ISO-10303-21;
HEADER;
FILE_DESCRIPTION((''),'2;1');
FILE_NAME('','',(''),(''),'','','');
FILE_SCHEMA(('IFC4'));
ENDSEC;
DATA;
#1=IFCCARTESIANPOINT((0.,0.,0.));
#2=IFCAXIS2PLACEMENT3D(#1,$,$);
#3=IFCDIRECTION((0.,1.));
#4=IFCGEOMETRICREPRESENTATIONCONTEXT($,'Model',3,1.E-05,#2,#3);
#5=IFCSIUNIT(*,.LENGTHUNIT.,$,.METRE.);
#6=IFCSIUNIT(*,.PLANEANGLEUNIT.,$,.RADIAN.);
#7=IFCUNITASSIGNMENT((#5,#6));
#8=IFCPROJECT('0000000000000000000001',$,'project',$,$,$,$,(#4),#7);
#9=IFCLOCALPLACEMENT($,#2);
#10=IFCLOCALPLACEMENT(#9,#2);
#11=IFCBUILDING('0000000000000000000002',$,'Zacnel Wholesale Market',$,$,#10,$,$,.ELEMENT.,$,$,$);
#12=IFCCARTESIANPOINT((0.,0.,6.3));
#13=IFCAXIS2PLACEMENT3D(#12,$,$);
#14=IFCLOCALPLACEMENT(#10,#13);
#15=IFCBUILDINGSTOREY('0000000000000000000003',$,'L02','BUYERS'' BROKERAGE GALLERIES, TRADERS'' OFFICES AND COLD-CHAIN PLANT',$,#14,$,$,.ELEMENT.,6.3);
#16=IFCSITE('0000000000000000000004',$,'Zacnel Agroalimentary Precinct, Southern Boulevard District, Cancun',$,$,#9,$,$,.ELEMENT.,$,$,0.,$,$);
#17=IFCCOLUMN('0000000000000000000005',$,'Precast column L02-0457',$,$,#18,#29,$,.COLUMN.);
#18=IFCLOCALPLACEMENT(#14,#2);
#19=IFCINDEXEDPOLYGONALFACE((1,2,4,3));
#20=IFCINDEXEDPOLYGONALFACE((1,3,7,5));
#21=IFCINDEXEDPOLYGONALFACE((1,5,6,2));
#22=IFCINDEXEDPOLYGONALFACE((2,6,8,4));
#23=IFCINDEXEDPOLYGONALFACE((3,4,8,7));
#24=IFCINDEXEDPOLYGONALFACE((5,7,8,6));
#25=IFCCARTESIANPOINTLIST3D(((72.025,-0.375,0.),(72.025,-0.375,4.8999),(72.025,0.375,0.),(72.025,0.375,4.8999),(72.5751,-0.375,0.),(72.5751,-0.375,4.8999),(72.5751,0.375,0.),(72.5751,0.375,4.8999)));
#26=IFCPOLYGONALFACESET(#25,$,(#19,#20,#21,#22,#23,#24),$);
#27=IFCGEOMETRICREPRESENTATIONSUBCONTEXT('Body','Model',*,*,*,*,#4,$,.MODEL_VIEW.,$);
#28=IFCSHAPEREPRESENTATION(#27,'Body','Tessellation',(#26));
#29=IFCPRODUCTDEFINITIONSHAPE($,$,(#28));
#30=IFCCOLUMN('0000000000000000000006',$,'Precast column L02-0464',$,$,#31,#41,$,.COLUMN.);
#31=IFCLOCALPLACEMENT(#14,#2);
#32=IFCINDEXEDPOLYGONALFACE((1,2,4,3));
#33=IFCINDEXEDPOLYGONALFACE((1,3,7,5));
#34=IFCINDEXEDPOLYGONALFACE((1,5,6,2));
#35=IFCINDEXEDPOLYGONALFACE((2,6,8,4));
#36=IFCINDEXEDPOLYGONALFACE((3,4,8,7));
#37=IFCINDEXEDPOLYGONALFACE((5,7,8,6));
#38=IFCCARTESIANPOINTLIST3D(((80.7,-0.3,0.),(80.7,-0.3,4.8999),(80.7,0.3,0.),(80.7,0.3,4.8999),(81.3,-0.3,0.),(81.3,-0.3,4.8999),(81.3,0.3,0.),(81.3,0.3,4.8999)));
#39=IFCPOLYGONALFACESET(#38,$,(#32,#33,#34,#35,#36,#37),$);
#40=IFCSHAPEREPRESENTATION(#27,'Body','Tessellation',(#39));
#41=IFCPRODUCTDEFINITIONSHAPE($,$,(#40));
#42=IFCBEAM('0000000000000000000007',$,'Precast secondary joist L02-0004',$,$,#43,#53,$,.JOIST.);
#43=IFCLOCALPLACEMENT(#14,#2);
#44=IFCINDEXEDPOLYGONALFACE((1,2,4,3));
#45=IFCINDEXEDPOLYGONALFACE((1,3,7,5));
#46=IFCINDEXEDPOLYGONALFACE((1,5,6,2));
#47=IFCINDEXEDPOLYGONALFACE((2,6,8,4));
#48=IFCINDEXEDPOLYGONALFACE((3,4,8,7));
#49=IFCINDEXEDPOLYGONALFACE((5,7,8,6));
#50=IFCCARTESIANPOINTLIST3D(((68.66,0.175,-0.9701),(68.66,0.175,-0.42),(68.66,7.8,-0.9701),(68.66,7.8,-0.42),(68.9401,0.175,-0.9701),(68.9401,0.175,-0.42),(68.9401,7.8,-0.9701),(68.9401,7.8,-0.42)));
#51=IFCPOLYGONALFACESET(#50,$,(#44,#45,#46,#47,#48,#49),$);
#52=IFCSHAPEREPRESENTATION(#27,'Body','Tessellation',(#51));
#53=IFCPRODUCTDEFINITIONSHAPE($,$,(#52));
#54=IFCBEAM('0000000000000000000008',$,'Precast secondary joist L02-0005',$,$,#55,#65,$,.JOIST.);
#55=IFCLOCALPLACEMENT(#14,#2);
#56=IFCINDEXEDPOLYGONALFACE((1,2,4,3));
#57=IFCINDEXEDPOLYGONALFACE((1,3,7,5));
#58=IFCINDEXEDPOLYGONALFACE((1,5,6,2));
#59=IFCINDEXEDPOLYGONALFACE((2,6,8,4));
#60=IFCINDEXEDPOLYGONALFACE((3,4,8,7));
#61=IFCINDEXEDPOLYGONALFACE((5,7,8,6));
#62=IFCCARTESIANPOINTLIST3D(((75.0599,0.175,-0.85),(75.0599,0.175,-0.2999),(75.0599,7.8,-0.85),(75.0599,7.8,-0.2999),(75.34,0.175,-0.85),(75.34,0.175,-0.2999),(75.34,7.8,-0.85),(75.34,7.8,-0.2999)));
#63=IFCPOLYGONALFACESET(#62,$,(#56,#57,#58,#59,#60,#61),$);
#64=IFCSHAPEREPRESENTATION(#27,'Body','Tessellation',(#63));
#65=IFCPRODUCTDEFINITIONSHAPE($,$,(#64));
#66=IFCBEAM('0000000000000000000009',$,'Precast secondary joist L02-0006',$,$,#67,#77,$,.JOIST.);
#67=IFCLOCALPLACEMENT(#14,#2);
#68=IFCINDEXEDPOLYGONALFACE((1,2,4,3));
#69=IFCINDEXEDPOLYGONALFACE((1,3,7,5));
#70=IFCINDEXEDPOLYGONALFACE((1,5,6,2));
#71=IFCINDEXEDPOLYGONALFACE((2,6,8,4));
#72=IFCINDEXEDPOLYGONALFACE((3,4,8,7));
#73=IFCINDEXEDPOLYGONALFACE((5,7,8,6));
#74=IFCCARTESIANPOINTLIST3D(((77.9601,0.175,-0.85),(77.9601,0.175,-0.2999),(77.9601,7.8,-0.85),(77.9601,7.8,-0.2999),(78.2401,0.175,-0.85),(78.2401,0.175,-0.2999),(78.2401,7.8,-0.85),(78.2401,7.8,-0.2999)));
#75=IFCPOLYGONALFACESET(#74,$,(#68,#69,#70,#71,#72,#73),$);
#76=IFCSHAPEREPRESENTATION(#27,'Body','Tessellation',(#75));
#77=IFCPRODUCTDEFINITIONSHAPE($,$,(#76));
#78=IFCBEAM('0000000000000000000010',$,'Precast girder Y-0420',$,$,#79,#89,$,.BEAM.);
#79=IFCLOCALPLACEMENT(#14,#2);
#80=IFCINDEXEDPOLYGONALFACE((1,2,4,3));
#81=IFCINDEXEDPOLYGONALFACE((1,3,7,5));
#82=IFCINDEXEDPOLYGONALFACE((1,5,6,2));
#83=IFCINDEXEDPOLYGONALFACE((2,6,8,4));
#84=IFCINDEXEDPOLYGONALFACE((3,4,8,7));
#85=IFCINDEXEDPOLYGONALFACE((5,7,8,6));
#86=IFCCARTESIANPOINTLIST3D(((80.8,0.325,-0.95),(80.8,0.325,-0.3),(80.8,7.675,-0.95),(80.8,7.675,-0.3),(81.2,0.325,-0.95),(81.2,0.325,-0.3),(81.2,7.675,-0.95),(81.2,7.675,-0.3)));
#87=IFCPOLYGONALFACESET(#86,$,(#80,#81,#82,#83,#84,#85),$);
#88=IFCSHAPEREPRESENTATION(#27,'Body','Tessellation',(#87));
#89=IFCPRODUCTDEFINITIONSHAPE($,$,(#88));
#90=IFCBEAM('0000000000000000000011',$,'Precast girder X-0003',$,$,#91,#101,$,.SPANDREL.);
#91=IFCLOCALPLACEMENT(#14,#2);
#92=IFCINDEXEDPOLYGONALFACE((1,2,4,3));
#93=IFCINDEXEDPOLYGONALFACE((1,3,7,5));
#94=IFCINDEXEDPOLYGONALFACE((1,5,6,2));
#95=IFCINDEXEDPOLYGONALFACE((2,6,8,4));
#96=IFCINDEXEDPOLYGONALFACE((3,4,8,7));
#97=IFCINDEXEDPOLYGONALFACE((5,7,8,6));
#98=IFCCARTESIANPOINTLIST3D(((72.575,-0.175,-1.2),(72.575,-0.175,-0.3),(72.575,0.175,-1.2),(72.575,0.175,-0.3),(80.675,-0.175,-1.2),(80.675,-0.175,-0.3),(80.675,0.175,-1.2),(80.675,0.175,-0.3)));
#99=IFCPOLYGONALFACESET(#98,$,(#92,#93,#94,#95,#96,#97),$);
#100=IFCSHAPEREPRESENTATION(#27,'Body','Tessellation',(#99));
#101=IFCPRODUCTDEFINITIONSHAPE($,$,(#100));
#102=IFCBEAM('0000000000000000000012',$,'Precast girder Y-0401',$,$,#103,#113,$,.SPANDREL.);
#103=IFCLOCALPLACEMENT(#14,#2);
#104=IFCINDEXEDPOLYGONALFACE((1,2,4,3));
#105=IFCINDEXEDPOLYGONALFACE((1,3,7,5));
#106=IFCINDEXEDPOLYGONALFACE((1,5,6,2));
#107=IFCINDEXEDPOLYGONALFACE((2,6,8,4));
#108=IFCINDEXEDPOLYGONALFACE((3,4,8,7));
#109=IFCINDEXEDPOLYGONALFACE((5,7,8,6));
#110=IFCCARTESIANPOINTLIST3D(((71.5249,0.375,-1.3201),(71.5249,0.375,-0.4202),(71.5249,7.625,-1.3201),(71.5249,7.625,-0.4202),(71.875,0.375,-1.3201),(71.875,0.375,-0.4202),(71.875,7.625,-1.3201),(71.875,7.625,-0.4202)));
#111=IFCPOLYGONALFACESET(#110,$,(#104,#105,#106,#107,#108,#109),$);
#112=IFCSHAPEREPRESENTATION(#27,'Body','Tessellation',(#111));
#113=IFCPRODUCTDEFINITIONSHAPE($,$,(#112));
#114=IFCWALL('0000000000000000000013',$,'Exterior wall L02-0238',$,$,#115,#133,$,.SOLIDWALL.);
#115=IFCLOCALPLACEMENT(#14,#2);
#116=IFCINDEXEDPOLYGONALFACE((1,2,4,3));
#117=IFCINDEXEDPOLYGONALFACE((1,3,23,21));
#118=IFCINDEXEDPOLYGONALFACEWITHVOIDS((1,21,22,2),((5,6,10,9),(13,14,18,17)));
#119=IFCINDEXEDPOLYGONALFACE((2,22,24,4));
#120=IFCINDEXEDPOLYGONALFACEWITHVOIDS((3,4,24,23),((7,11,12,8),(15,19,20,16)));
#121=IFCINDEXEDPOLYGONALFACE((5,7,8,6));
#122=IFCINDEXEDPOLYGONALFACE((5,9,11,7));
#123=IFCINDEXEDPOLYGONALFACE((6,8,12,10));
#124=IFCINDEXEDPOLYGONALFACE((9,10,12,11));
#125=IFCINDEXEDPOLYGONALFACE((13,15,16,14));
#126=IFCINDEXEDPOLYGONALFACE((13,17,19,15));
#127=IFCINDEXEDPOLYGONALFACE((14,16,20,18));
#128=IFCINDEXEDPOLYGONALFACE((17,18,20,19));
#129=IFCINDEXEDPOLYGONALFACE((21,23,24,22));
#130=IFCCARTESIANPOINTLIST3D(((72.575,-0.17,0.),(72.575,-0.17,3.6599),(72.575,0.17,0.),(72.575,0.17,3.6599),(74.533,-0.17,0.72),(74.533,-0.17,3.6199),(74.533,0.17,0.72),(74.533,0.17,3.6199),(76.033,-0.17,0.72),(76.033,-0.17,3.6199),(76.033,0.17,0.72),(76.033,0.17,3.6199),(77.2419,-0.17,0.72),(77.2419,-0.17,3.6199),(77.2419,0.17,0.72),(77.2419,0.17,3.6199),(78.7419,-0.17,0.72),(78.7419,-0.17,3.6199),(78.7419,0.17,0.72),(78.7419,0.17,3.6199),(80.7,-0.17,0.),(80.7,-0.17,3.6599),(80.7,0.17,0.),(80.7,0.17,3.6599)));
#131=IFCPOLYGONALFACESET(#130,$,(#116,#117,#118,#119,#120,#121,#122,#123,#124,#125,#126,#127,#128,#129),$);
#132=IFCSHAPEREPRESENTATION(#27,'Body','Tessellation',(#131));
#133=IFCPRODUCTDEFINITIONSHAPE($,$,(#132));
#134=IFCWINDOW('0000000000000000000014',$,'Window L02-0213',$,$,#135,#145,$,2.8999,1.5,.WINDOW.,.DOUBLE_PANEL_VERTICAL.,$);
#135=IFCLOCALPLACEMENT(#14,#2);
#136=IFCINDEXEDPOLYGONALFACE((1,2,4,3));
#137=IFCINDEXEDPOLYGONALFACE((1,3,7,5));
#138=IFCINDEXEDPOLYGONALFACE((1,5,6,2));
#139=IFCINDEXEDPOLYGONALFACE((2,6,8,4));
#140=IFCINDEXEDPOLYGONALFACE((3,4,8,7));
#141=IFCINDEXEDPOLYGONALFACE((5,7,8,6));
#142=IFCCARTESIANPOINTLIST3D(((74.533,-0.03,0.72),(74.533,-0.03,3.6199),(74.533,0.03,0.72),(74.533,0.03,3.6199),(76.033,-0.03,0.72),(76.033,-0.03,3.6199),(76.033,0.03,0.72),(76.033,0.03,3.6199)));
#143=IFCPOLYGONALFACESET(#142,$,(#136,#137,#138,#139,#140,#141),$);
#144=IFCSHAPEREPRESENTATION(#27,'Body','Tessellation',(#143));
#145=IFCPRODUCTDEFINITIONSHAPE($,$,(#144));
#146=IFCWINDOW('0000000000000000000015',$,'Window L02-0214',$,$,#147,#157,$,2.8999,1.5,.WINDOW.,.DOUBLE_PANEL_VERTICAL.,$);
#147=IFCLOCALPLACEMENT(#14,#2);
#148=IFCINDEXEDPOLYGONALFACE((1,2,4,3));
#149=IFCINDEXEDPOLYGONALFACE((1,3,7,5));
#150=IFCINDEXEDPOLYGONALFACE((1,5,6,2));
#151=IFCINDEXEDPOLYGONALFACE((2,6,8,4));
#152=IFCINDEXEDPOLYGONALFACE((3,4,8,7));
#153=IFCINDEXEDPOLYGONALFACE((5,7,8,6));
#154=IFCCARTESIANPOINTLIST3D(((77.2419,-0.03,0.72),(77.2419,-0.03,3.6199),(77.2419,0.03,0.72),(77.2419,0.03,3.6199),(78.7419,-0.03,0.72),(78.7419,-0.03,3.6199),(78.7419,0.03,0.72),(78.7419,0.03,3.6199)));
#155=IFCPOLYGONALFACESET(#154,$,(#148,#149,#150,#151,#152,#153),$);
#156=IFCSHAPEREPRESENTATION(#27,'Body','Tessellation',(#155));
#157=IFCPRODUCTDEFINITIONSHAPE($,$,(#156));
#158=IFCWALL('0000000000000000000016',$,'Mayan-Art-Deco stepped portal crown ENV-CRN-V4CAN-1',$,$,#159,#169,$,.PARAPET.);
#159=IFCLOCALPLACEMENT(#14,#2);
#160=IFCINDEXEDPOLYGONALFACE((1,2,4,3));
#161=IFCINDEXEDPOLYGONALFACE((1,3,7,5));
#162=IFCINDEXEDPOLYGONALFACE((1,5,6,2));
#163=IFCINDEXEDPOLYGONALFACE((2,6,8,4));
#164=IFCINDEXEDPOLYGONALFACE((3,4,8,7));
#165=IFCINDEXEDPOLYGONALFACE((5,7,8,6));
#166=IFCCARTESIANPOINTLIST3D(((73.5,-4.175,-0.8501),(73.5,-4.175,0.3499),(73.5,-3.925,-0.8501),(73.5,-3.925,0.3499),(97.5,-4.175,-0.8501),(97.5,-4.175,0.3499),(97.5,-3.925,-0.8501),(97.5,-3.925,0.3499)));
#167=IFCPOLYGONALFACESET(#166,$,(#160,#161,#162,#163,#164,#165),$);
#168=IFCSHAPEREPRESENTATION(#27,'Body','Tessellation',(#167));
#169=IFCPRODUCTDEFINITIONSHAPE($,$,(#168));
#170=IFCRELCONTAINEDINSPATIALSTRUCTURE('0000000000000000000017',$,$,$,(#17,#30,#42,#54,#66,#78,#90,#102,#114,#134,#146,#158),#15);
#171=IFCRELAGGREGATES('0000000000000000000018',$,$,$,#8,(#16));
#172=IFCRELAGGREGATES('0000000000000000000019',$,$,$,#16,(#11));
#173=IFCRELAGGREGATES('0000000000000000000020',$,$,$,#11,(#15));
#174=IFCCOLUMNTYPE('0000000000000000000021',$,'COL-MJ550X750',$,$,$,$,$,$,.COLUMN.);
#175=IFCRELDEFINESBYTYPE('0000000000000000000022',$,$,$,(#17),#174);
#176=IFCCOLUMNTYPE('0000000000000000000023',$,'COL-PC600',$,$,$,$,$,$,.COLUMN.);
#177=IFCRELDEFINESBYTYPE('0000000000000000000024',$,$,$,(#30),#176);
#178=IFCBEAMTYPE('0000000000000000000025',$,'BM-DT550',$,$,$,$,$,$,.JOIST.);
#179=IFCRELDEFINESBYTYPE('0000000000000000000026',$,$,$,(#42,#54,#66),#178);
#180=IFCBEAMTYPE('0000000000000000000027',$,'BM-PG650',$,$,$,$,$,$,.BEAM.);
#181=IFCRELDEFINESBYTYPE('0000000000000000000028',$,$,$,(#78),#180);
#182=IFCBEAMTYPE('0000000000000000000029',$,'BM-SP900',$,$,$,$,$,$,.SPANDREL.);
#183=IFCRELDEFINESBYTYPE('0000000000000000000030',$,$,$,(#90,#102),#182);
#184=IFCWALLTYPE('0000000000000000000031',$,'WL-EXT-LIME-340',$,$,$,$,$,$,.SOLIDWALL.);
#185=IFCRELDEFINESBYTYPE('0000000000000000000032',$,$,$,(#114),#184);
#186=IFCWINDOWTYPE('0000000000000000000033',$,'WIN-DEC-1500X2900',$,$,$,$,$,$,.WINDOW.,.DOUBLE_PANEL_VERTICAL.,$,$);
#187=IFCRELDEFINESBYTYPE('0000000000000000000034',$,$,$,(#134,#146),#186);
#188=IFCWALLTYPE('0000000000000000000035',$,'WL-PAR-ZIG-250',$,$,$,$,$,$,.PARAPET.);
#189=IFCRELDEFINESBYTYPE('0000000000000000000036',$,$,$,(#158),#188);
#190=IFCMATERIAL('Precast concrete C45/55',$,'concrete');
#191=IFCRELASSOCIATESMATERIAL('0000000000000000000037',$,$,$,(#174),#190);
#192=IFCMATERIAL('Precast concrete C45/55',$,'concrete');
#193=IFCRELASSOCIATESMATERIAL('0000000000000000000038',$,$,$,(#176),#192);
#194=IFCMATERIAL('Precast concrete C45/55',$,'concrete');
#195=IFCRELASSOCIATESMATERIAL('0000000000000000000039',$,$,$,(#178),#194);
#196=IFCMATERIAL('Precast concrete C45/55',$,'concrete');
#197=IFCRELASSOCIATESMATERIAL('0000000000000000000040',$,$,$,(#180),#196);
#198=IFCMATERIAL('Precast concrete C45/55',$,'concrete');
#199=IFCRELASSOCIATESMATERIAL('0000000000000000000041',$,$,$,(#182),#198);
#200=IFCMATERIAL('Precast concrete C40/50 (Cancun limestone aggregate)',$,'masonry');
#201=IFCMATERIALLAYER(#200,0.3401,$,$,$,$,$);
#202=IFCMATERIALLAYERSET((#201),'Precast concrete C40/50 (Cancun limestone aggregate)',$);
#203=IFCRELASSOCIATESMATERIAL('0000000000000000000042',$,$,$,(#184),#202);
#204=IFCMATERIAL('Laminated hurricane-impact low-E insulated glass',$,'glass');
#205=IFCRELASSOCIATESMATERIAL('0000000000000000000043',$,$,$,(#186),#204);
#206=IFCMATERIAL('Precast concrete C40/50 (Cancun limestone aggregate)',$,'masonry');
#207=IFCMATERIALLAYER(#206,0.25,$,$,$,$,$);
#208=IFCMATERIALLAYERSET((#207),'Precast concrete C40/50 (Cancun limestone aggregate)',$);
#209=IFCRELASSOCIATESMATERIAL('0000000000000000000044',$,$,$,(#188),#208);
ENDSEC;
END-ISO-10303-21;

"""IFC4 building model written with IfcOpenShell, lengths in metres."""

from ifc_helpers import new_model, si_unit, direction, frame, frame_2d, origin, origin_2d, place, context, subcontext, project, spatial, rectangle, extrude, material, layer, layer_set, material_profile, profile_set, type_object, element, fill, save


model = new_model("IFC4")

# Units and contexts
model_context = context("Model", 3, precision=1e-05, world=origin(), true_north=direction((0.0, 1.0)))
body_context = subcontext(model_context, "Body", "Model", "MODEL_VIEW")
ifc_project = project(units=[si_unit("LENGTHUNIT", "METRE"), si_unit("PLANEANGLEUNIT", "RADIAN")], contexts=[model_context])

# Site, building, storey
site_placement = place(None, origin())
site = spatial("IfcSite", under=ifc_project, at=site_placement, Name="Zacnel Agroalimentary Precinct, Southern Boulevard District, Cancun", CompositionType="ELEMENT", RefElevation=0.0)
building_placement = place(site_placement, origin())
building = spatial("IfcBuilding", under=site, at=building_placement, Name="Zacnel Wholesale Market", CompositionType="ELEMENT")
storey_placement = place(building_placement, frame((0.0, 0.0, 6.3)))
storey = spatial("IfcBuildingStorey", under=building, at=storey_placement, Name="L02", Description="BUYERS' BROKERAGE GALLERIES, TRADERS' OFFICES AND COLD-CHAIN PLANT", CompositionType="ELEMENT", Elevation=6.3)

# Columns
ifc_material_1 = material(Name="Precast concrete C45/55", Category="concrete")
ifc_material_profile_1 = material_profile(ifc_material_1, rectangle(XDim=0.55, YDim=0.75, at=origin_2d()), Name="PC 550x750")
ifc_profile_set_1 = profile_set([ifc_material_profile_1], Name="Precast concrete C45/55")
column_type_1 = type_object("IfcColumnType", Name="COL-MJ550X750", PredefinedType="COLUMN", material=ifc_profile_set_1)
column_1_placement = place(storey_placement, frame((72.3, 0.0, 0.0), z_axis=(0.0, 0.0, 1.0), x_axis=(1.0, 0.0, 0.0)))
element("IfcColumn", 1, at=column_1_placement, inside=storey, type_object=column_type_1, Name="Precast column L02-0457", PredefinedType="COLUMN", context=body_context, shape_type="SweptSolid", body=[
    extrude(rectangle(XDim=0.55, YDim=0.75, at=origin_2d()), origin(), (0.0, 0.0, 1.0), 4.8999),
])
ifc_material_2 = material(Name="Precast concrete C45/55", Category="concrete")
ifc_material_profile_2 = material_profile(ifc_material_2, rectangle(XDim=0.6001, YDim=0.6001, at=origin_2d()), Name="PC 600x600")
ifc_profile_set_2 = profile_set([ifc_material_profile_2], Name="Precast concrete C45/55")
column_type_2 = type_object("IfcColumnType", Name="COL-PC600", PredefinedType="COLUMN", material=ifc_profile_set_2)
column_2_placement = place(storey_placement, frame((81.0, 0.0, 0.0), z_axis=(0.0, 0.0, 1.0), x_axis=(1.0, 0.0, 0.0)))
element("IfcColumn", 2, at=column_2_placement, inside=storey, type_object=column_type_2, Name="Precast column L02-0464", PredefinedType="COLUMN", context=body_context, shape_type="SweptSolid", body=[
    extrude(rectangle(XDim=0.6001, YDim=0.6001, at=origin_2d()), origin(), (0.0, 0.0, 1.0), 4.8999),
])

# Beams
ifc_material_3 = material(Name="Precast concrete C45/55", Category="concrete")
ifc_material_profile_3 = material_profile(ifc_material_3, rectangle(XDim=0.28, YDim=0.55, at=origin_2d()), Name="DT RIB 280x550")
ifc_profile_set_3 = profile_set([ifc_material_profile_3], Name="Precast concrete C45/55")
beam_type_1 = type_object("IfcBeamType", Name="BM-DT550", PredefinedType="JOIST", material=ifc_profile_set_3)
for number, where, z_axis, x_axis, name in (
    (3, (68.8, 0.175, -0.6951), (0.0, 1.0, 0.0), (-1.0, 0.0, 0.0), "Precast secondary joist L02-0004"),
    (4, (75.2, 0.175, -0.575), (0.0, 1.0, 0.0), (-1.0, 0.0, 0.0), "Precast secondary joist L02-0005"),
    (5, (78.1001, 0.175, -0.575), (0.0, 1.0, 0.0), (-1.0, 0.0, 0.0), "Precast secondary joist L02-0006"),
):
    element("IfcBeam", number, at=place(storey_placement, frame(where, z_axis=z_axis, x_axis=x_axis)), inside=storey, type_object=beam_type_1, Name=name, PredefinedType="JOIST", context=body_context, shape_type="SweptSolid", body=[
        extrude(rectangle(XDim=0.28, YDim=0.55, at=origin_2d()), origin(), (0.0, 0.0, 1.0), 7.625),
    ])
ifc_material_4 = material(Name="Precast concrete C45/55", Category="concrete")
ifc_material_profile_4 = material_profile(ifc_material_4, rectangle(XDim=0.3999, YDim=0.6499, at=origin_2d()), Name="PG 400x650")
ifc_profile_set_4 = profile_set([ifc_material_profile_4], Name="Precast concrete C45/55")
beam_type_2 = type_object("IfcBeamType", Name="BM-PG650", PredefinedType="BEAM", material=ifc_profile_set_4)
beam_1_placement = place(storey_placement, frame((81.0, 0.325, -0.625), z_axis=(0.0, 1.0, 0.0), x_axis=(-1.0, 0.0, 0.0)))
element("IfcBeam", 6, at=beam_1_placement, inside=storey, type_object=beam_type_2, Name="Precast girder Y-0420", PredefinedType="BEAM", context=body_context, shape_type="SweptSolid", body=[
    extrude(rectangle(XDim=0.3999, YDim=0.6499, at=origin_2d()), origin(), (0.0, 0.0, 1.0), 7.3501),
])
ifc_material_5 = material(Name="Precast concrete C45/55", Category="concrete")
ifc_material_profile_5 = material_profile(ifc_material_5, rectangle(XDim=0.3501, YDim=0.8999, at=origin_2d()), Name="SP 350x900")
ifc_profile_set_5 = profile_set([ifc_material_profile_5], Name="Precast concrete C45/55")
beam_type_3 = type_object("IfcBeamType", Name="BM-SP900", PredefinedType="SPANDREL", material=ifc_profile_set_5)
beam_2_placement = place(storey_placement, frame((72.575, 0.0, -0.75), z_axis=(1.0, 0.0, 0.0), x_axis=(0.0, 1.0, 0.0)))
element("IfcBeam", 7, at=beam_2_placement, inside=storey, type_object=beam_type_3, Name="Precast girder X-0003", PredefinedType="SPANDREL", context=body_context, shape_type="SweptSolid", body=[
    extrude(rectangle(XDim=0.3501, YDim=0.8999, at=origin_2d()), origin(), (0.0, 0.0, 1.0), 8.1001),
])
beam_3_placement = place(storey_placement, frame((71.7, 0.375, -0.8701), z_axis=(0.0, 1.0, 0.0), x_axis=(-1.0, 0.0, 0.0)))
element("IfcBeam", 8, at=beam_3_placement, inside=storey, type_object=beam_type_3, Name="Precast girder Y-0401", PredefinedType="SPANDREL", context=body_context, shape_type="SweptSolid", body=[
    extrude(rectangle(XDim=0.3501, YDim=0.8999, at=origin_2d()), origin(), (0.0, 0.0, 1.0), 7.25),
])

# Wall, openings, windows
ifc_material_6 = material(Name="Precast concrete C40/50 (Cancun limestone aggregate)", Category="masonry")
ifc_layer_1 = layer(ifc_material_6, 0.3401)
ifc_layer_set_1 = layer_set([ifc_layer_1], Name="Precast concrete C40/50 (Cancun limestone aggregate)")
wall_type_1 = type_object("IfcWallType", Name="WL-EXT-LIME-340", PredefinedType="SOLIDWALL", material=ifc_layer_set_1)
wall_1_placement = place(storey_placement, frame((72.575, 0.0, 0.0), z_axis=(0.0, 0.0, 1.0), x_axis=(1.0, 0.0, 0.0)))
wall_1 = element("IfcWall", 9, at=wall_1_placement, inside=storey, type_object=wall_type_1, Name="Exterior wall L02-0238", PredefinedType="SOLIDWALL", context=body_context, shape_type="SweptSolid", body=[
    extrude(rectangle(XDim=8.125, YDim=0.3401, at=frame_2d((4.0625, 0.0))), origin(), (0.0, 0.0, 1.0), 3.6599),
])
opening_1_placement = place(wall_1_placement, frame((1.958, 0.0, 0.72)))
opening_1 = element("IfcOpeningElement", 10, at=opening_1_placement, cuts=wall_1, PredefinedType="OPENING", context=body_context, shape_type="SweptSolid", body=[
    extrude(rectangle(XDim=1.5, YDim=2.8999, at=frame_2d((0.75, 1.45))), frame((0.0, 0.1799, 0.0), z_axis=(0.0, -1.0, 0.0), x_axis=(1.0, 0.0, 0.0)), (0.0, 0.0, 1.0), 0.3601),
])
opening_2_placement = place(wall_1_placement, frame((4.667, 0.0, 0.72)))
opening_2 = element("IfcOpeningElement", 11, at=opening_2_placement, cuts=wall_1, PredefinedType="OPENING", context=body_context, shape_type="SweptSolid", body=[
    extrude(rectangle(XDim=1.5, YDim=2.8999, at=frame_2d((0.75, 1.45))), frame((0.0, 0.1799, 0.0), z_axis=(0.0, -1.0, 0.0), x_axis=(1.0, 0.0, 0.0)), (0.0, 0.0, 1.0), 0.3601),
])
ifc_material_7 = material(Name="Laminated hurricane-impact low-E insulated glass", Category="glass")
window_type = type_object("IfcWindowType", Name="WIN-DEC-1500X2900", PartitioningType="DOUBLE_PANEL_VERTICAL", PredefinedType="WINDOW", material=ifc_material_7)
window_1_placement = place(opening_1_placement, origin())
window_1 = element("IfcWindow", 12, at=window_1_placement, inside=storey, type_object=window_type, Name="Window L02-0213", OverallHeight=2.8999, OverallWidth=1.5, PartitioningType="DOUBLE_PANEL_VERTICAL", PredefinedType="WINDOW", context=body_context, shape_type="SweptSolid", body=[
    extrude(rectangle(XDim=1.5, YDim=2.8999, at=frame_2d((0.75, 1.45))), frame((0.0, 0.03, 0.0), z_axis=(0.0, -1.0, 0.0), x_axis=(1.0, 0.0, 0.0)), (0.0, 0.0, 1.0), 0.0601),
])
fill(opening_1, window_1)
window_2_placement = place(opening_2_placement, origin())
window_2 = element("IfcWindow", 13, at=window_2_placement, inside=storey, type_object=window_type, Name="Window L02-0214", OverallHeight=2.8999, OverallWidth=1.5, PartitioningType="DOUBLE_PANEL_VERTICAL", PredefinedType="WINDOW", context=body_context, shape_type="SweptSolid", body=[
    extrude(rectangle(XDim=1.5, YDim=2.8999, at=frame_2d((0.75, 1.45))), frame((0.0, 0.03, 0.0), z_axis=(0.0, -1.0, 0.0), x_axis=(1.0, 0.0, 0.0)), (0.0, 0.0, 1.0), 0.0601),
])
fill(opening_2, window_2)

# Wall
ifc_material_8 = material(Name="Precast concrete C40/50 (Cancun limestone aggregate)", Category="masonry")
ifc_layer_2 = layer(ifc_material_8, 0.25)
ifc_layer_set_2 = layer_set([ifc_layer_2], Name="Precast concrete C40/50 (Cancun limestone aggregate)")
wall_type_2 = type_object("IfcWallType", Name="WL-PAR-ZIG-250", PredefinedType="PARAPET", material=ifc_layer_set_2)
wall_2_placement = place(storey_placement, frame((73.5, -4.05, -0.8501), z_axis=(0.0, 0.0, 1.0), x_axis=(1.0, 0.0, 0.0)))
element("IfcWall", 14, at=wall_2_placement, inside=storey, type_object=wall_type_2, Name="Mayan-Art-Deco stepped portal crown ENV-CRN-V4CAN-1", PredefinedType="PARAPET", context=body_context, shape_type="SweptSolid", body=[
    extrude(rectangle(XDim=24.0, YDim=0.25, at=frame_2d((12.0, 0.0))), origin(), (0.0, 0.0, 1.0), 1.2),
])

save(model, "model.ifc")
